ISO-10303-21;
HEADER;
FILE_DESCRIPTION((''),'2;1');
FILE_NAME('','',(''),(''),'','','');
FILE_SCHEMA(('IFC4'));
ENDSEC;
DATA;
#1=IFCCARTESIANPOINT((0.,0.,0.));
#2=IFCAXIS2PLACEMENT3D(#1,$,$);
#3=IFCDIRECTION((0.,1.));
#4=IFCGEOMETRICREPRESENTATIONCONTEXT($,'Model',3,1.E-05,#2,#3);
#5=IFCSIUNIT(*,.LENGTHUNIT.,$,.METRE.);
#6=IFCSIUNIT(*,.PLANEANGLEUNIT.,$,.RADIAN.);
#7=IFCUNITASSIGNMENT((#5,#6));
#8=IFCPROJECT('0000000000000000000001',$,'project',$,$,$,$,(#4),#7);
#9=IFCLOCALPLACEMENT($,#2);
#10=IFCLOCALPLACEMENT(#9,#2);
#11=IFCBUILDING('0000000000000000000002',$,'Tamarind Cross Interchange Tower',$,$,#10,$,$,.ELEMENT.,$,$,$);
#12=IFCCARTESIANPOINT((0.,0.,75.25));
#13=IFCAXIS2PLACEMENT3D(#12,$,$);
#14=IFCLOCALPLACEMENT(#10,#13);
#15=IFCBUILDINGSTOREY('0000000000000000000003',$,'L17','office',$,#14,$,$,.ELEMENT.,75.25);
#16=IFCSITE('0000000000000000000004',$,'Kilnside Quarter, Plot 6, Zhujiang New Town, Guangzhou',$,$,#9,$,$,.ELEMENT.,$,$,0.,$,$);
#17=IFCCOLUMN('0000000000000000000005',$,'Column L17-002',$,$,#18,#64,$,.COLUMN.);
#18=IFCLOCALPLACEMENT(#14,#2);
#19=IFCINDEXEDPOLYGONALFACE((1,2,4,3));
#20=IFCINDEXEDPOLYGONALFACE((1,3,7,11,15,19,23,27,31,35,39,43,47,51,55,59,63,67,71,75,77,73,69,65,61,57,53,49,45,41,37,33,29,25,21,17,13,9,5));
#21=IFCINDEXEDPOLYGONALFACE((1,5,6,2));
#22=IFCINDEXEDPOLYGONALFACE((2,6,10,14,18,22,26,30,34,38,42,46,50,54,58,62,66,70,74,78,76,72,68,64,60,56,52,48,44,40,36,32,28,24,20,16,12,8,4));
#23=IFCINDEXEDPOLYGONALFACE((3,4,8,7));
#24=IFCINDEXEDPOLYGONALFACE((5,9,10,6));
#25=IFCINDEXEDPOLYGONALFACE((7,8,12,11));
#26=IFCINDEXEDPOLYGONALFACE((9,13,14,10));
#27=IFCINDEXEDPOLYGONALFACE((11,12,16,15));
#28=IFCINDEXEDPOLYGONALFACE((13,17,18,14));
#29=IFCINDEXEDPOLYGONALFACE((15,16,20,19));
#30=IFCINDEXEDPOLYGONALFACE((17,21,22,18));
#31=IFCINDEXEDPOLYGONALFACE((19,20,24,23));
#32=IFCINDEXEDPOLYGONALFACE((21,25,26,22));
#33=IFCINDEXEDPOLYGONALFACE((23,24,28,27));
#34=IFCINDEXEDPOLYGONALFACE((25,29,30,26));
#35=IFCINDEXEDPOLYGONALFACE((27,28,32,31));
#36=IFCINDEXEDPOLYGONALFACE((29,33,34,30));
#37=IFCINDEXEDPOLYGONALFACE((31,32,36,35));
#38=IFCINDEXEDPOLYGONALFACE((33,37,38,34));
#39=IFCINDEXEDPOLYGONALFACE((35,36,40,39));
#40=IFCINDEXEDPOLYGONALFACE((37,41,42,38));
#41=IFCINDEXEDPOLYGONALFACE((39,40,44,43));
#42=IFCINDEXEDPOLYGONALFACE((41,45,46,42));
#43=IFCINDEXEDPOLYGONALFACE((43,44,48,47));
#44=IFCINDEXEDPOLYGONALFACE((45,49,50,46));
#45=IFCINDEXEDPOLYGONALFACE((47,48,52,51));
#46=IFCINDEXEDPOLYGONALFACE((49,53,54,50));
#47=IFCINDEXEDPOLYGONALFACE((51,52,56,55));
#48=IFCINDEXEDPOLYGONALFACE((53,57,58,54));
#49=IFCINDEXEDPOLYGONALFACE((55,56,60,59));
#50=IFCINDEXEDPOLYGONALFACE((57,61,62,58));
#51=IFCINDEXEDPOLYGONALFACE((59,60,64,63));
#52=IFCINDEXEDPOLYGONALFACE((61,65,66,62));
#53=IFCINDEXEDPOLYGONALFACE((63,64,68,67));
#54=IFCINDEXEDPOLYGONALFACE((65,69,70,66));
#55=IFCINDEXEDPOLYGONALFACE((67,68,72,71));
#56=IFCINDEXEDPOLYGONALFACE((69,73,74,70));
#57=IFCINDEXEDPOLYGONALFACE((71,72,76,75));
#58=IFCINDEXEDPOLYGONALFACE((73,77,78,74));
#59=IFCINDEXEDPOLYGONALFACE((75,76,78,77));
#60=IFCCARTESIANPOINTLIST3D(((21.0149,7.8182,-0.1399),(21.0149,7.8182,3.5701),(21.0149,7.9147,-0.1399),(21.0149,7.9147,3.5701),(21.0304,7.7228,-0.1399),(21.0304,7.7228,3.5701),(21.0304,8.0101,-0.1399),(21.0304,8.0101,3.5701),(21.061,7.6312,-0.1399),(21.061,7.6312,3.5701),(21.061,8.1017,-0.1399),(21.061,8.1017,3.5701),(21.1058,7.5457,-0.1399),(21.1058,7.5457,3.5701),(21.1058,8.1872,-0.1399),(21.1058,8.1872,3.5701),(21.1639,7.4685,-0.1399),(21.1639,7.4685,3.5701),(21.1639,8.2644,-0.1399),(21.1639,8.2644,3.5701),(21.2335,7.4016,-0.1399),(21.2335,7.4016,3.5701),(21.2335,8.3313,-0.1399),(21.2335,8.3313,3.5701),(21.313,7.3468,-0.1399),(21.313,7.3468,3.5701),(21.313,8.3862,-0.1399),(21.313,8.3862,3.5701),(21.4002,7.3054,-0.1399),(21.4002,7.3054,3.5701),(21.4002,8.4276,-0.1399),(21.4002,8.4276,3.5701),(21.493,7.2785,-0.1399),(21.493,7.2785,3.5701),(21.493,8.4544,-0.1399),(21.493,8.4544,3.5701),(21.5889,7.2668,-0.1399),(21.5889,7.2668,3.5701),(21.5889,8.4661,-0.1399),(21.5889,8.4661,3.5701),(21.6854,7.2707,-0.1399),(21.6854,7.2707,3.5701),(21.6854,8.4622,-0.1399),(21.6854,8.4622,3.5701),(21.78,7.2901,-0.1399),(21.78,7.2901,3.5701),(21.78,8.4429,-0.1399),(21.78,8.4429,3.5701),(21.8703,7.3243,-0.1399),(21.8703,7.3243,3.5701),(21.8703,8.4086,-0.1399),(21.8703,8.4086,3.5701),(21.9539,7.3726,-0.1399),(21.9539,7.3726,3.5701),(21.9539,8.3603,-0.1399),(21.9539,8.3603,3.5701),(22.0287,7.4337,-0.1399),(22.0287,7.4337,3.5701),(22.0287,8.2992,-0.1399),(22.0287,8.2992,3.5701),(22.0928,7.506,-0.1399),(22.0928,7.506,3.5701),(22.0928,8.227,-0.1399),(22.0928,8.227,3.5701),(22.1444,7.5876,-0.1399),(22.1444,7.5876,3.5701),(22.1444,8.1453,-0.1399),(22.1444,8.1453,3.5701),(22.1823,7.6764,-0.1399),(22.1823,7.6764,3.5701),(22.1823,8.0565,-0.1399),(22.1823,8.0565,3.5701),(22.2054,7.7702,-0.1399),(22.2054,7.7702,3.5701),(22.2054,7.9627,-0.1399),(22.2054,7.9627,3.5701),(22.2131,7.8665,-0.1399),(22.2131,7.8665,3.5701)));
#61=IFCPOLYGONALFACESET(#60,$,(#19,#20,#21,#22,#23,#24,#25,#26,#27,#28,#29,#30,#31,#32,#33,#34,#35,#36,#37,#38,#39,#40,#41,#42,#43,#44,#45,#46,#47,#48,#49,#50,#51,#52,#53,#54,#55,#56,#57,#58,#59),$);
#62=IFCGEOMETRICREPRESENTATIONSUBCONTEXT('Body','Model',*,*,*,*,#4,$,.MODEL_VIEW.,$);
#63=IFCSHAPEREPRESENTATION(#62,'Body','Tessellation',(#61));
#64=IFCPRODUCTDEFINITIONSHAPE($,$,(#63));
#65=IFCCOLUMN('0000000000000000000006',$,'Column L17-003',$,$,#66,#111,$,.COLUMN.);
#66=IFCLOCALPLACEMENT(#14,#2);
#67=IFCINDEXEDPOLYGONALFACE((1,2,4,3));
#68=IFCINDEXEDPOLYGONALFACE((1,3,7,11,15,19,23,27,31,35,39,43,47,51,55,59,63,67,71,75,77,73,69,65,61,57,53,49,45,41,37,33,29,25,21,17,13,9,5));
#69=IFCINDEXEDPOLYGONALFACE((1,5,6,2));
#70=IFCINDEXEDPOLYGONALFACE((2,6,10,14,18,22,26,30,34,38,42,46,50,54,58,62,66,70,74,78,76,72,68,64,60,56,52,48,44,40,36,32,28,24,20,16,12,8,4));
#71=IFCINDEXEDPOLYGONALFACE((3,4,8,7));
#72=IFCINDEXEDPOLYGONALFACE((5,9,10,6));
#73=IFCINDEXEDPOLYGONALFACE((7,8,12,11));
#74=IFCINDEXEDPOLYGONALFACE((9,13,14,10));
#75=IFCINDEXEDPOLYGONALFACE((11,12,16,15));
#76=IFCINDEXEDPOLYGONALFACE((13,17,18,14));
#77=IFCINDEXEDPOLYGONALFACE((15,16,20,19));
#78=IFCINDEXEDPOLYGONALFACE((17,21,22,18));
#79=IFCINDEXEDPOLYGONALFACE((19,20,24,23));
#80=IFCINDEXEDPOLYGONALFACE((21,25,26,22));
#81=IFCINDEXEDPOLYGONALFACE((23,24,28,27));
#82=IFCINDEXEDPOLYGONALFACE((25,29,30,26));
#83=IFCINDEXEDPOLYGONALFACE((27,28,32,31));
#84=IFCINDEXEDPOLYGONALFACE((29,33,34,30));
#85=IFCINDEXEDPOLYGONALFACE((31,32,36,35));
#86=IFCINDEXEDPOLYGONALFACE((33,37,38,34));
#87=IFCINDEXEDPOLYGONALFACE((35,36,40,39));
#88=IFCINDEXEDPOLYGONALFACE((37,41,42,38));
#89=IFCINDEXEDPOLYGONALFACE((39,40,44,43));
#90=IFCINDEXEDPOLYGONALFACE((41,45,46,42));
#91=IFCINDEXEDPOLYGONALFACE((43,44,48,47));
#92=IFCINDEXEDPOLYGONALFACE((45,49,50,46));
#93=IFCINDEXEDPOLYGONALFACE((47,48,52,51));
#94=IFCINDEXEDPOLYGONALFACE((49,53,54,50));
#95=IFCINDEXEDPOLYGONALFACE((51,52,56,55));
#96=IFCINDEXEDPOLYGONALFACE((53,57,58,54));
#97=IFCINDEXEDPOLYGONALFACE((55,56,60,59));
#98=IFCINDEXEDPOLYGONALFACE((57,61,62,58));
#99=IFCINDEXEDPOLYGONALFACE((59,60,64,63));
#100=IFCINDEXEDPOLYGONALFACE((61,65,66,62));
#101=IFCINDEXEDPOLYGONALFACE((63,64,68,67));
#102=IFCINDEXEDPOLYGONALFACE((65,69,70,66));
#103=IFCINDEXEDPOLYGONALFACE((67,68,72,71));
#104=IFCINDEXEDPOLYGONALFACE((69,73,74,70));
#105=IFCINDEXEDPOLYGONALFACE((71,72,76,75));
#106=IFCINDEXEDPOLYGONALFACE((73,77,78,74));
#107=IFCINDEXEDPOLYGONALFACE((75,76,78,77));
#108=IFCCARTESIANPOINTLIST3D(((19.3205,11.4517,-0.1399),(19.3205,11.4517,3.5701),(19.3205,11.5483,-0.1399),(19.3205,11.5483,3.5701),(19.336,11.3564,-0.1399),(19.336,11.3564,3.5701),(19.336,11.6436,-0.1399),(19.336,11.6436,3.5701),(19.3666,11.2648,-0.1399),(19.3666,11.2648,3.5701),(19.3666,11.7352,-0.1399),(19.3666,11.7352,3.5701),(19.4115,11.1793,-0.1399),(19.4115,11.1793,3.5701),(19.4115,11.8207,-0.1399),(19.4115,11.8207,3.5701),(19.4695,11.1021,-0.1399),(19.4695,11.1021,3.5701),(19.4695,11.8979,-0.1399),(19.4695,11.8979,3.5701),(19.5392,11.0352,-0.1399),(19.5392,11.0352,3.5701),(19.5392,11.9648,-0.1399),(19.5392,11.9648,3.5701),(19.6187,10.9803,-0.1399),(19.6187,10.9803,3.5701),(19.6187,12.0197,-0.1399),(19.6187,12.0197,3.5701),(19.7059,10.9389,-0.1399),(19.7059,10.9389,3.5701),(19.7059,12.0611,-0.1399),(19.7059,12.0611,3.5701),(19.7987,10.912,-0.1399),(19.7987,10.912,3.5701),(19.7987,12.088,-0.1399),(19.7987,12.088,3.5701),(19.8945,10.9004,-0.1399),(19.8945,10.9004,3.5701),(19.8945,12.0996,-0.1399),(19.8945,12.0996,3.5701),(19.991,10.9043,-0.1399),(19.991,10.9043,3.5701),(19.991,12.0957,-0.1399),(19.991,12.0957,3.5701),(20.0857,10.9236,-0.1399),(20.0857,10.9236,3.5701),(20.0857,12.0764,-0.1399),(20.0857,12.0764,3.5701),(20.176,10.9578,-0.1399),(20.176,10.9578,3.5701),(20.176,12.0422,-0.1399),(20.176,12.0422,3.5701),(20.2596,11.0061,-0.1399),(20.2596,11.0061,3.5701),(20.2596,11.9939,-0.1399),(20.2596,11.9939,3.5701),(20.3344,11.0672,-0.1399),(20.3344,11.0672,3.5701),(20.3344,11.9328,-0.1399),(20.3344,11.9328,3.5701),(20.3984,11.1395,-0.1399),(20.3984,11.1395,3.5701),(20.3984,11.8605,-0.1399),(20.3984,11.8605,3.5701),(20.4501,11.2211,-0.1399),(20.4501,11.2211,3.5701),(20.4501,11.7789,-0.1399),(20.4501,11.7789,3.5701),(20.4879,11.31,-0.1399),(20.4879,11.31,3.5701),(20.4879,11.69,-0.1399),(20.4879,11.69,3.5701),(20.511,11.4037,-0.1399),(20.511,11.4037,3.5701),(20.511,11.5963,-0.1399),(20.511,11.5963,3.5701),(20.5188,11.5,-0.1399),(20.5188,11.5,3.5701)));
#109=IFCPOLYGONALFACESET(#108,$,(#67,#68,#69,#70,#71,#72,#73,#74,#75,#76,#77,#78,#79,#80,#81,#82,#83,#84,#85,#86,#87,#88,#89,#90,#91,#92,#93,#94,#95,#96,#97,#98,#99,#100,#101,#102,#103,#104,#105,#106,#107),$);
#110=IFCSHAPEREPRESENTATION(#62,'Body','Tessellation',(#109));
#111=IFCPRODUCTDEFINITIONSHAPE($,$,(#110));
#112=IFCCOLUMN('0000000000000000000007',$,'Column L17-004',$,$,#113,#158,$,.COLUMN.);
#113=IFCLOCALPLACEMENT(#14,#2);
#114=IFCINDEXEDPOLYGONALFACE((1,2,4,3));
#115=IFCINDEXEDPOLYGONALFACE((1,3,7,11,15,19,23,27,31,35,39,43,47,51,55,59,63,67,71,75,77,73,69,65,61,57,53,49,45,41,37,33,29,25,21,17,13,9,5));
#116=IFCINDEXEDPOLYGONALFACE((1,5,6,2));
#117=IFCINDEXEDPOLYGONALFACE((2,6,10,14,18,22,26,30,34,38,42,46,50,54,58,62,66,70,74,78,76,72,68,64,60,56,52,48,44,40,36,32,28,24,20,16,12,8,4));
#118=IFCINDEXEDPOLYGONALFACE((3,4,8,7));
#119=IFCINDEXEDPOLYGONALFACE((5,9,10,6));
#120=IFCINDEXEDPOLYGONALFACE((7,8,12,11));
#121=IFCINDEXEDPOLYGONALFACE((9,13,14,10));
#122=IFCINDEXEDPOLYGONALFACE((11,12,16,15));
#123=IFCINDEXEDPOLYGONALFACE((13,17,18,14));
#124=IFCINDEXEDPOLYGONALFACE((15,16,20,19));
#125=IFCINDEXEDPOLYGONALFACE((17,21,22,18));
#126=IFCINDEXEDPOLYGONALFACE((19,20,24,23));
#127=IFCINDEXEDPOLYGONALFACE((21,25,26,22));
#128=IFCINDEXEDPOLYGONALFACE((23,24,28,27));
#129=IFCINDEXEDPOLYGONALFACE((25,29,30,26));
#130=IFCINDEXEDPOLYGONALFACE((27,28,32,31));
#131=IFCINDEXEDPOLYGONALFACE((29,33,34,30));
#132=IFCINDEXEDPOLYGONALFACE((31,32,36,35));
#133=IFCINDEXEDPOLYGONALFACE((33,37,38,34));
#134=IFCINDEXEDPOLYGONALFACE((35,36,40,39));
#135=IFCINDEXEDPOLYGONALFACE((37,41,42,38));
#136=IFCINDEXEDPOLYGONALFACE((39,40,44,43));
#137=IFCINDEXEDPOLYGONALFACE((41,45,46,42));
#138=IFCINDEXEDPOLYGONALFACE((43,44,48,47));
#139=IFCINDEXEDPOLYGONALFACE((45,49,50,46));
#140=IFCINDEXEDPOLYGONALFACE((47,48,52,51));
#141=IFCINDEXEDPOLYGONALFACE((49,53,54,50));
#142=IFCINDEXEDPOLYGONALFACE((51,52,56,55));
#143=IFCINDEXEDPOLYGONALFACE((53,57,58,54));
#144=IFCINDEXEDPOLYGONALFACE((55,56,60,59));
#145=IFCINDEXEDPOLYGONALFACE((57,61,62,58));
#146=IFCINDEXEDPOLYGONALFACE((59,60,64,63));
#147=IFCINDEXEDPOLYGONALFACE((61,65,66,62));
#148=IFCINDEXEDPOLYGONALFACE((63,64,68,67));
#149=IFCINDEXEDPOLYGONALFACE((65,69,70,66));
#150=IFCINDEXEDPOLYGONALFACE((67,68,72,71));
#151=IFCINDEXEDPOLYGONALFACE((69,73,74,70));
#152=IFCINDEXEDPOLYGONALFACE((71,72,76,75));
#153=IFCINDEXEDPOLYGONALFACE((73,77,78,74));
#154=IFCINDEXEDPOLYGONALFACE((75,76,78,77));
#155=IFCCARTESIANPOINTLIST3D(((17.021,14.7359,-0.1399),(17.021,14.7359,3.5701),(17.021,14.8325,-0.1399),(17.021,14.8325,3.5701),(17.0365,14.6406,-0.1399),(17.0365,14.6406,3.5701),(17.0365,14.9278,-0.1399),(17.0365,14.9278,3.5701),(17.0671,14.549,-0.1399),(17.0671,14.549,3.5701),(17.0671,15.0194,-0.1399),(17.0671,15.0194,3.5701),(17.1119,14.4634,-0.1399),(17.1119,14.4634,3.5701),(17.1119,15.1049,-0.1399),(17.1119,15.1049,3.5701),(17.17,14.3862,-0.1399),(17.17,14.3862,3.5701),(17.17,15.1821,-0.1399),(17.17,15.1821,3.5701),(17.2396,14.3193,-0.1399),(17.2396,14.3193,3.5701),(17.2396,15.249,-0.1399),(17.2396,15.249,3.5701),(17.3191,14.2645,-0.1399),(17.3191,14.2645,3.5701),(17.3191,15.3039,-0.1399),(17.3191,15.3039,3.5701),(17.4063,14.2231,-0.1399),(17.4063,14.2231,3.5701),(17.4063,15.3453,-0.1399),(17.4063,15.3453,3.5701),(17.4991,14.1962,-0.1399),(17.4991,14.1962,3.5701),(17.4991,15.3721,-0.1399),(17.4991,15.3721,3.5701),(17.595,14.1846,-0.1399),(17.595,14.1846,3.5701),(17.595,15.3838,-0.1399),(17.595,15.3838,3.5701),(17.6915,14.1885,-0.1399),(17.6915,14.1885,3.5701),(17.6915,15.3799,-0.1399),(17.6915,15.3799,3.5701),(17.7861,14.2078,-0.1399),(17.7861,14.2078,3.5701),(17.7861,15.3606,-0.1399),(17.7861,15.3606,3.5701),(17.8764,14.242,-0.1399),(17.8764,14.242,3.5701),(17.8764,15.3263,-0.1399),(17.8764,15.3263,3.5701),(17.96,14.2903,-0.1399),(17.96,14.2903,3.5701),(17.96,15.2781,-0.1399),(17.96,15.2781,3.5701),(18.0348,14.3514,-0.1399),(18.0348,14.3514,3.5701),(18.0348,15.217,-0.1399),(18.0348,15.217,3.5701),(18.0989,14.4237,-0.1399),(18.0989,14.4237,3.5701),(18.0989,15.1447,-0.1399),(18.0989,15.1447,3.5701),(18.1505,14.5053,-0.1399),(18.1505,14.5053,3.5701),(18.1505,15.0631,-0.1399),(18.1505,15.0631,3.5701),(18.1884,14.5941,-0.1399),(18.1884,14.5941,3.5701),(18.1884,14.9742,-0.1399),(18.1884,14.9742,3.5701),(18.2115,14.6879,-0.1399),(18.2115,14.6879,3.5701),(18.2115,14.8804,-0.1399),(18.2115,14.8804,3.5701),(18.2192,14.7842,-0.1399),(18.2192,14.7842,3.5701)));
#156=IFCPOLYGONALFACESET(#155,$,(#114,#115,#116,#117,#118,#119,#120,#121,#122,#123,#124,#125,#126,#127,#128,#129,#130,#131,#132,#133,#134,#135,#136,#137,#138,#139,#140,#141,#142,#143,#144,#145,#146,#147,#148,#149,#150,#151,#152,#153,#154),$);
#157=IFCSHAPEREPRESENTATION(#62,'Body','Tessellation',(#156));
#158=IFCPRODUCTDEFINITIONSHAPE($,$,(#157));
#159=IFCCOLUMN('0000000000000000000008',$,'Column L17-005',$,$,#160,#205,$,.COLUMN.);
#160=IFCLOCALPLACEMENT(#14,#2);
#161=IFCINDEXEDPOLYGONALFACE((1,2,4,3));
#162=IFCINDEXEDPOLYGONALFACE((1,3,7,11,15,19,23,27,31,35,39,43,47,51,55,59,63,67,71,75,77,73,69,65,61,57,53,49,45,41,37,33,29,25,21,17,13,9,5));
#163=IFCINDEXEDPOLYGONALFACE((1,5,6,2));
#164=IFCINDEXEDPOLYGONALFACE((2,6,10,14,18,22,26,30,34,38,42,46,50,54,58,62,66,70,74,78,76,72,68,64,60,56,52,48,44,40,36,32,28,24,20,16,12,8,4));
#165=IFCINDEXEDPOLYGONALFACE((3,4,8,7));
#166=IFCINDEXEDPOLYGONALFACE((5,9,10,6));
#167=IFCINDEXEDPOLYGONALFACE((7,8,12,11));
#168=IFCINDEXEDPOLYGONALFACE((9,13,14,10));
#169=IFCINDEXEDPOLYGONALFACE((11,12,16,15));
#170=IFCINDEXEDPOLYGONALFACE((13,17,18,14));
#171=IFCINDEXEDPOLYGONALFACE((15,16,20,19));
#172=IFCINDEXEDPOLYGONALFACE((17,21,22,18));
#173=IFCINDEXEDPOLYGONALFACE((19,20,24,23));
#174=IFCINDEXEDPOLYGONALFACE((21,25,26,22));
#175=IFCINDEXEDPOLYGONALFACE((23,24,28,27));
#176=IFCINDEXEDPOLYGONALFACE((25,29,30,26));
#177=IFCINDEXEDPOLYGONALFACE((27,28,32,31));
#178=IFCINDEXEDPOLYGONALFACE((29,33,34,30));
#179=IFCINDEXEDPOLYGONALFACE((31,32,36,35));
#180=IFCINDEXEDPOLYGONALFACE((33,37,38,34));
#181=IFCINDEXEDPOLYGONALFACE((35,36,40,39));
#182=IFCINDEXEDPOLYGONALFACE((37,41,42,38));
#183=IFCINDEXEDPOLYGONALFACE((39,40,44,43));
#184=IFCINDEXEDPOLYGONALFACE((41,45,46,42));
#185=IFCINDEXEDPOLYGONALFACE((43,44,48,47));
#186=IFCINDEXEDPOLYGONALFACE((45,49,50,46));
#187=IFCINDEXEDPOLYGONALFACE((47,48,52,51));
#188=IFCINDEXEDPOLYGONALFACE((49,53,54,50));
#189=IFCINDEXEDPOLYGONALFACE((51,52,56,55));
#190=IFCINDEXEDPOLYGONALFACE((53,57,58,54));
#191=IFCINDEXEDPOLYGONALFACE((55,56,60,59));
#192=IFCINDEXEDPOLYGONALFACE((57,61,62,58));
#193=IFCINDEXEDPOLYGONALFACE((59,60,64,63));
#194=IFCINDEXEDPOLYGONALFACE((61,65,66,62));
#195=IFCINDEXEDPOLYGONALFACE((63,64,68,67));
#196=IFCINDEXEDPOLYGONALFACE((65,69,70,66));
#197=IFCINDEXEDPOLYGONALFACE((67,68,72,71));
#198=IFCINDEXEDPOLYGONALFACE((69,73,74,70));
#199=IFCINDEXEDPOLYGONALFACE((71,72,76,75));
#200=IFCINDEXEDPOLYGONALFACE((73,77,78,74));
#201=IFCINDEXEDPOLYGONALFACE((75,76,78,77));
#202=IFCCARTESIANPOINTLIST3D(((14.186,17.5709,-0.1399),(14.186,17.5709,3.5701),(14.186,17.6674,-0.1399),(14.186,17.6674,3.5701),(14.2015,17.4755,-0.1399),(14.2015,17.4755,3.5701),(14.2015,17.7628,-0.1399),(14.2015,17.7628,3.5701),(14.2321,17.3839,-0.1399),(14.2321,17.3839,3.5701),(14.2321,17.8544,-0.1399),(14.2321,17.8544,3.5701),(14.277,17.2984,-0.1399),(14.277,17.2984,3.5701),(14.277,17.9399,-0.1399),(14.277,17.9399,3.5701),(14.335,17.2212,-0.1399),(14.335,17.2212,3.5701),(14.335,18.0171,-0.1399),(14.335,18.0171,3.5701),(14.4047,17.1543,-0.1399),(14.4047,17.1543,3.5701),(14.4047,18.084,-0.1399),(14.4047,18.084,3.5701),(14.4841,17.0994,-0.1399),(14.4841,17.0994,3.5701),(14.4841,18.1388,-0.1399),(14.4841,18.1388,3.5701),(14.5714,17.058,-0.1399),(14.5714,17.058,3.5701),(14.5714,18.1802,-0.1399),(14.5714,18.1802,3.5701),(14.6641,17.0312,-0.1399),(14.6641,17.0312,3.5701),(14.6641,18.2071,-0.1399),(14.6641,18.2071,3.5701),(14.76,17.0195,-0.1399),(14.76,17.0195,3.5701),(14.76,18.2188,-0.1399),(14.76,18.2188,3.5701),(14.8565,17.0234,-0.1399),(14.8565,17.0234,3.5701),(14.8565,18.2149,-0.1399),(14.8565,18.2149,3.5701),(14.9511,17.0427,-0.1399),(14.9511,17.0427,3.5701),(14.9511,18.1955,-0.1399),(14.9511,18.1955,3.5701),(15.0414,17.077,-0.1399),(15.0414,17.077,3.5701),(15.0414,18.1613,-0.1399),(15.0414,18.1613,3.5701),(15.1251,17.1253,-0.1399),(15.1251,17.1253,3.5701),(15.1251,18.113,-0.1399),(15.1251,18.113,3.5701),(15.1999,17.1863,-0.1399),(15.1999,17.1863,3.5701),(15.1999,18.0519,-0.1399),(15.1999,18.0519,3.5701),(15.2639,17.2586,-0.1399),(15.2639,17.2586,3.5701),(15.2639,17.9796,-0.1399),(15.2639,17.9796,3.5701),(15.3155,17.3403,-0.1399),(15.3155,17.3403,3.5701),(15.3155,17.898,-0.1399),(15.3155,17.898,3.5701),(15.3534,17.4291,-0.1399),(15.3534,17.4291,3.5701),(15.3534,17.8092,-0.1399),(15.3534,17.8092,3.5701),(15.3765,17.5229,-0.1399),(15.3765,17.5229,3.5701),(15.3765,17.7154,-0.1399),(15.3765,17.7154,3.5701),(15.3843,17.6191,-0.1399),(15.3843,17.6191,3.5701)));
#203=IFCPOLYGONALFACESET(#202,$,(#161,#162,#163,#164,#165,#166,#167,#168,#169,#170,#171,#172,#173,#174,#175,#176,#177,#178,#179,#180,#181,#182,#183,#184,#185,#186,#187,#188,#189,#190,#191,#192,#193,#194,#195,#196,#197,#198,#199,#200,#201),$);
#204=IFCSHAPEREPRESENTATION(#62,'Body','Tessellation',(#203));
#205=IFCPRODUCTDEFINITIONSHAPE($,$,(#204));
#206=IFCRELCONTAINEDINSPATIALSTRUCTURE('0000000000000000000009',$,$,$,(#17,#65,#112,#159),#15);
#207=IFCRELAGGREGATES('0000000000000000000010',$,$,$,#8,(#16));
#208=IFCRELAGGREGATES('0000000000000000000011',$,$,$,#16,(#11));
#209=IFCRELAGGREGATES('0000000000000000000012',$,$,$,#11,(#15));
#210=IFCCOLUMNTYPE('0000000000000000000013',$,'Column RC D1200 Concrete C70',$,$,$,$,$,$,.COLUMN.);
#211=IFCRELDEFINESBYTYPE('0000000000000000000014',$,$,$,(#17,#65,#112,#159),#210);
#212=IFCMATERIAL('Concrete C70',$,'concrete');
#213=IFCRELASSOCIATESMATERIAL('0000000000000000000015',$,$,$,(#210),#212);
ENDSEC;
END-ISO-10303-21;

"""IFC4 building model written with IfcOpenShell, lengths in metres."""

from ifc_helpers import new_model, si_unit, direction, frame, origin, origin_2d, place, context, subcontext, project, spatial, circle, extrude, material, material_profile, profile_set, type_object, element, save


model = new_model("IFC4")

# Units and contexts
model_context = context("Model", 3, precision=1e-05, world=origin(), true_north=direction((0.0, 1.0)))
body_context = subcontext(model_context, "Body", "Model", "MODEL_VIEW")
ifc_project = project(units=[si_unit("LENGTHUNIT", "METRE"), si_unit("PLANEANGLEUNIT", "RADIAN")], contexts=[model_context])

# Site, building, storey
site_placement = place(None, origin())
site = spatial("IfcSite", under=ifc_project, at=site_placement, Name="Kilnside Quarter, Plot 6, Zhujiang New Town, Guangzhou", CompositionType="ELEMENT", RefElevation=0.0)
building_placement = place(site_placement, origin())
building = spatial("IfcBuilding", under=site, at=building_placement, Name="Tamarind Cross Interchange Tower", CompositionType="ELEMENT")
storey_placement = place(building_placement, frame((0.0, 0.0, 75.25)))
storey = spatial("IfcBuildingStorey", under=building, at=storey_placement, Name="L17", Description="office", CompositionType="ELEMENT", Elevation=75.25)

# Columns
ifc_material_1 = material(Name="Concrete C70", Category="concrete")
ifc_material_profile_1 = material_profile(ifc_material_1, circle(Radius=0.6001, at=origin_2d()), Name="RC D1200")
ifc_profile_set_1 = profile_set([ifc_material_profile_1], Name="Concrete C70")
column_type = type_object("IfcColumnType", Name="Column RC D1200 Concrete C70", PredefinedType="COLUMN", material=ifc_profile_set_1)
for number, where, z_axis, x_axis, name in (
    (1, (21.613, 7.8665, -0.1399), (0.0, 0.0, 1.0), (1.0, 0.0, 0.0), "Column L17-002"),
    (2, (19.9187, 11.5, -0.1399), (0.0, 0.0, 1.0), (1.0, 0.0, 0.0), "Column L17-003"),
    (3, (17.6191, 14.7842, -0.1399), (0.0, 0.0, 1.0), (1.0, 0.0, 0.0), "Column L17-004"),
    (4, (14.7842, 17.6191, -0.1399), (0.0, 0.0, 1.0), (1.0, 0.0, 0.0), "Column L17-005"),
):
    element("IfcColumn", number, at=place(storey_placement, frame(where, z_axis=z_axis, x_axis=x_axis)), inside=storey, type_object=column_type, Name=name, PredefinedType="COLUMN", context=body_context, shape_type="SweptSolid", body=[
        extrude(circle(Radius=0.6001, at=origin_2d()), origin(), (0.0, 0.0, 1.0), 3.71),
    ])

save(model, "model.ifc")
